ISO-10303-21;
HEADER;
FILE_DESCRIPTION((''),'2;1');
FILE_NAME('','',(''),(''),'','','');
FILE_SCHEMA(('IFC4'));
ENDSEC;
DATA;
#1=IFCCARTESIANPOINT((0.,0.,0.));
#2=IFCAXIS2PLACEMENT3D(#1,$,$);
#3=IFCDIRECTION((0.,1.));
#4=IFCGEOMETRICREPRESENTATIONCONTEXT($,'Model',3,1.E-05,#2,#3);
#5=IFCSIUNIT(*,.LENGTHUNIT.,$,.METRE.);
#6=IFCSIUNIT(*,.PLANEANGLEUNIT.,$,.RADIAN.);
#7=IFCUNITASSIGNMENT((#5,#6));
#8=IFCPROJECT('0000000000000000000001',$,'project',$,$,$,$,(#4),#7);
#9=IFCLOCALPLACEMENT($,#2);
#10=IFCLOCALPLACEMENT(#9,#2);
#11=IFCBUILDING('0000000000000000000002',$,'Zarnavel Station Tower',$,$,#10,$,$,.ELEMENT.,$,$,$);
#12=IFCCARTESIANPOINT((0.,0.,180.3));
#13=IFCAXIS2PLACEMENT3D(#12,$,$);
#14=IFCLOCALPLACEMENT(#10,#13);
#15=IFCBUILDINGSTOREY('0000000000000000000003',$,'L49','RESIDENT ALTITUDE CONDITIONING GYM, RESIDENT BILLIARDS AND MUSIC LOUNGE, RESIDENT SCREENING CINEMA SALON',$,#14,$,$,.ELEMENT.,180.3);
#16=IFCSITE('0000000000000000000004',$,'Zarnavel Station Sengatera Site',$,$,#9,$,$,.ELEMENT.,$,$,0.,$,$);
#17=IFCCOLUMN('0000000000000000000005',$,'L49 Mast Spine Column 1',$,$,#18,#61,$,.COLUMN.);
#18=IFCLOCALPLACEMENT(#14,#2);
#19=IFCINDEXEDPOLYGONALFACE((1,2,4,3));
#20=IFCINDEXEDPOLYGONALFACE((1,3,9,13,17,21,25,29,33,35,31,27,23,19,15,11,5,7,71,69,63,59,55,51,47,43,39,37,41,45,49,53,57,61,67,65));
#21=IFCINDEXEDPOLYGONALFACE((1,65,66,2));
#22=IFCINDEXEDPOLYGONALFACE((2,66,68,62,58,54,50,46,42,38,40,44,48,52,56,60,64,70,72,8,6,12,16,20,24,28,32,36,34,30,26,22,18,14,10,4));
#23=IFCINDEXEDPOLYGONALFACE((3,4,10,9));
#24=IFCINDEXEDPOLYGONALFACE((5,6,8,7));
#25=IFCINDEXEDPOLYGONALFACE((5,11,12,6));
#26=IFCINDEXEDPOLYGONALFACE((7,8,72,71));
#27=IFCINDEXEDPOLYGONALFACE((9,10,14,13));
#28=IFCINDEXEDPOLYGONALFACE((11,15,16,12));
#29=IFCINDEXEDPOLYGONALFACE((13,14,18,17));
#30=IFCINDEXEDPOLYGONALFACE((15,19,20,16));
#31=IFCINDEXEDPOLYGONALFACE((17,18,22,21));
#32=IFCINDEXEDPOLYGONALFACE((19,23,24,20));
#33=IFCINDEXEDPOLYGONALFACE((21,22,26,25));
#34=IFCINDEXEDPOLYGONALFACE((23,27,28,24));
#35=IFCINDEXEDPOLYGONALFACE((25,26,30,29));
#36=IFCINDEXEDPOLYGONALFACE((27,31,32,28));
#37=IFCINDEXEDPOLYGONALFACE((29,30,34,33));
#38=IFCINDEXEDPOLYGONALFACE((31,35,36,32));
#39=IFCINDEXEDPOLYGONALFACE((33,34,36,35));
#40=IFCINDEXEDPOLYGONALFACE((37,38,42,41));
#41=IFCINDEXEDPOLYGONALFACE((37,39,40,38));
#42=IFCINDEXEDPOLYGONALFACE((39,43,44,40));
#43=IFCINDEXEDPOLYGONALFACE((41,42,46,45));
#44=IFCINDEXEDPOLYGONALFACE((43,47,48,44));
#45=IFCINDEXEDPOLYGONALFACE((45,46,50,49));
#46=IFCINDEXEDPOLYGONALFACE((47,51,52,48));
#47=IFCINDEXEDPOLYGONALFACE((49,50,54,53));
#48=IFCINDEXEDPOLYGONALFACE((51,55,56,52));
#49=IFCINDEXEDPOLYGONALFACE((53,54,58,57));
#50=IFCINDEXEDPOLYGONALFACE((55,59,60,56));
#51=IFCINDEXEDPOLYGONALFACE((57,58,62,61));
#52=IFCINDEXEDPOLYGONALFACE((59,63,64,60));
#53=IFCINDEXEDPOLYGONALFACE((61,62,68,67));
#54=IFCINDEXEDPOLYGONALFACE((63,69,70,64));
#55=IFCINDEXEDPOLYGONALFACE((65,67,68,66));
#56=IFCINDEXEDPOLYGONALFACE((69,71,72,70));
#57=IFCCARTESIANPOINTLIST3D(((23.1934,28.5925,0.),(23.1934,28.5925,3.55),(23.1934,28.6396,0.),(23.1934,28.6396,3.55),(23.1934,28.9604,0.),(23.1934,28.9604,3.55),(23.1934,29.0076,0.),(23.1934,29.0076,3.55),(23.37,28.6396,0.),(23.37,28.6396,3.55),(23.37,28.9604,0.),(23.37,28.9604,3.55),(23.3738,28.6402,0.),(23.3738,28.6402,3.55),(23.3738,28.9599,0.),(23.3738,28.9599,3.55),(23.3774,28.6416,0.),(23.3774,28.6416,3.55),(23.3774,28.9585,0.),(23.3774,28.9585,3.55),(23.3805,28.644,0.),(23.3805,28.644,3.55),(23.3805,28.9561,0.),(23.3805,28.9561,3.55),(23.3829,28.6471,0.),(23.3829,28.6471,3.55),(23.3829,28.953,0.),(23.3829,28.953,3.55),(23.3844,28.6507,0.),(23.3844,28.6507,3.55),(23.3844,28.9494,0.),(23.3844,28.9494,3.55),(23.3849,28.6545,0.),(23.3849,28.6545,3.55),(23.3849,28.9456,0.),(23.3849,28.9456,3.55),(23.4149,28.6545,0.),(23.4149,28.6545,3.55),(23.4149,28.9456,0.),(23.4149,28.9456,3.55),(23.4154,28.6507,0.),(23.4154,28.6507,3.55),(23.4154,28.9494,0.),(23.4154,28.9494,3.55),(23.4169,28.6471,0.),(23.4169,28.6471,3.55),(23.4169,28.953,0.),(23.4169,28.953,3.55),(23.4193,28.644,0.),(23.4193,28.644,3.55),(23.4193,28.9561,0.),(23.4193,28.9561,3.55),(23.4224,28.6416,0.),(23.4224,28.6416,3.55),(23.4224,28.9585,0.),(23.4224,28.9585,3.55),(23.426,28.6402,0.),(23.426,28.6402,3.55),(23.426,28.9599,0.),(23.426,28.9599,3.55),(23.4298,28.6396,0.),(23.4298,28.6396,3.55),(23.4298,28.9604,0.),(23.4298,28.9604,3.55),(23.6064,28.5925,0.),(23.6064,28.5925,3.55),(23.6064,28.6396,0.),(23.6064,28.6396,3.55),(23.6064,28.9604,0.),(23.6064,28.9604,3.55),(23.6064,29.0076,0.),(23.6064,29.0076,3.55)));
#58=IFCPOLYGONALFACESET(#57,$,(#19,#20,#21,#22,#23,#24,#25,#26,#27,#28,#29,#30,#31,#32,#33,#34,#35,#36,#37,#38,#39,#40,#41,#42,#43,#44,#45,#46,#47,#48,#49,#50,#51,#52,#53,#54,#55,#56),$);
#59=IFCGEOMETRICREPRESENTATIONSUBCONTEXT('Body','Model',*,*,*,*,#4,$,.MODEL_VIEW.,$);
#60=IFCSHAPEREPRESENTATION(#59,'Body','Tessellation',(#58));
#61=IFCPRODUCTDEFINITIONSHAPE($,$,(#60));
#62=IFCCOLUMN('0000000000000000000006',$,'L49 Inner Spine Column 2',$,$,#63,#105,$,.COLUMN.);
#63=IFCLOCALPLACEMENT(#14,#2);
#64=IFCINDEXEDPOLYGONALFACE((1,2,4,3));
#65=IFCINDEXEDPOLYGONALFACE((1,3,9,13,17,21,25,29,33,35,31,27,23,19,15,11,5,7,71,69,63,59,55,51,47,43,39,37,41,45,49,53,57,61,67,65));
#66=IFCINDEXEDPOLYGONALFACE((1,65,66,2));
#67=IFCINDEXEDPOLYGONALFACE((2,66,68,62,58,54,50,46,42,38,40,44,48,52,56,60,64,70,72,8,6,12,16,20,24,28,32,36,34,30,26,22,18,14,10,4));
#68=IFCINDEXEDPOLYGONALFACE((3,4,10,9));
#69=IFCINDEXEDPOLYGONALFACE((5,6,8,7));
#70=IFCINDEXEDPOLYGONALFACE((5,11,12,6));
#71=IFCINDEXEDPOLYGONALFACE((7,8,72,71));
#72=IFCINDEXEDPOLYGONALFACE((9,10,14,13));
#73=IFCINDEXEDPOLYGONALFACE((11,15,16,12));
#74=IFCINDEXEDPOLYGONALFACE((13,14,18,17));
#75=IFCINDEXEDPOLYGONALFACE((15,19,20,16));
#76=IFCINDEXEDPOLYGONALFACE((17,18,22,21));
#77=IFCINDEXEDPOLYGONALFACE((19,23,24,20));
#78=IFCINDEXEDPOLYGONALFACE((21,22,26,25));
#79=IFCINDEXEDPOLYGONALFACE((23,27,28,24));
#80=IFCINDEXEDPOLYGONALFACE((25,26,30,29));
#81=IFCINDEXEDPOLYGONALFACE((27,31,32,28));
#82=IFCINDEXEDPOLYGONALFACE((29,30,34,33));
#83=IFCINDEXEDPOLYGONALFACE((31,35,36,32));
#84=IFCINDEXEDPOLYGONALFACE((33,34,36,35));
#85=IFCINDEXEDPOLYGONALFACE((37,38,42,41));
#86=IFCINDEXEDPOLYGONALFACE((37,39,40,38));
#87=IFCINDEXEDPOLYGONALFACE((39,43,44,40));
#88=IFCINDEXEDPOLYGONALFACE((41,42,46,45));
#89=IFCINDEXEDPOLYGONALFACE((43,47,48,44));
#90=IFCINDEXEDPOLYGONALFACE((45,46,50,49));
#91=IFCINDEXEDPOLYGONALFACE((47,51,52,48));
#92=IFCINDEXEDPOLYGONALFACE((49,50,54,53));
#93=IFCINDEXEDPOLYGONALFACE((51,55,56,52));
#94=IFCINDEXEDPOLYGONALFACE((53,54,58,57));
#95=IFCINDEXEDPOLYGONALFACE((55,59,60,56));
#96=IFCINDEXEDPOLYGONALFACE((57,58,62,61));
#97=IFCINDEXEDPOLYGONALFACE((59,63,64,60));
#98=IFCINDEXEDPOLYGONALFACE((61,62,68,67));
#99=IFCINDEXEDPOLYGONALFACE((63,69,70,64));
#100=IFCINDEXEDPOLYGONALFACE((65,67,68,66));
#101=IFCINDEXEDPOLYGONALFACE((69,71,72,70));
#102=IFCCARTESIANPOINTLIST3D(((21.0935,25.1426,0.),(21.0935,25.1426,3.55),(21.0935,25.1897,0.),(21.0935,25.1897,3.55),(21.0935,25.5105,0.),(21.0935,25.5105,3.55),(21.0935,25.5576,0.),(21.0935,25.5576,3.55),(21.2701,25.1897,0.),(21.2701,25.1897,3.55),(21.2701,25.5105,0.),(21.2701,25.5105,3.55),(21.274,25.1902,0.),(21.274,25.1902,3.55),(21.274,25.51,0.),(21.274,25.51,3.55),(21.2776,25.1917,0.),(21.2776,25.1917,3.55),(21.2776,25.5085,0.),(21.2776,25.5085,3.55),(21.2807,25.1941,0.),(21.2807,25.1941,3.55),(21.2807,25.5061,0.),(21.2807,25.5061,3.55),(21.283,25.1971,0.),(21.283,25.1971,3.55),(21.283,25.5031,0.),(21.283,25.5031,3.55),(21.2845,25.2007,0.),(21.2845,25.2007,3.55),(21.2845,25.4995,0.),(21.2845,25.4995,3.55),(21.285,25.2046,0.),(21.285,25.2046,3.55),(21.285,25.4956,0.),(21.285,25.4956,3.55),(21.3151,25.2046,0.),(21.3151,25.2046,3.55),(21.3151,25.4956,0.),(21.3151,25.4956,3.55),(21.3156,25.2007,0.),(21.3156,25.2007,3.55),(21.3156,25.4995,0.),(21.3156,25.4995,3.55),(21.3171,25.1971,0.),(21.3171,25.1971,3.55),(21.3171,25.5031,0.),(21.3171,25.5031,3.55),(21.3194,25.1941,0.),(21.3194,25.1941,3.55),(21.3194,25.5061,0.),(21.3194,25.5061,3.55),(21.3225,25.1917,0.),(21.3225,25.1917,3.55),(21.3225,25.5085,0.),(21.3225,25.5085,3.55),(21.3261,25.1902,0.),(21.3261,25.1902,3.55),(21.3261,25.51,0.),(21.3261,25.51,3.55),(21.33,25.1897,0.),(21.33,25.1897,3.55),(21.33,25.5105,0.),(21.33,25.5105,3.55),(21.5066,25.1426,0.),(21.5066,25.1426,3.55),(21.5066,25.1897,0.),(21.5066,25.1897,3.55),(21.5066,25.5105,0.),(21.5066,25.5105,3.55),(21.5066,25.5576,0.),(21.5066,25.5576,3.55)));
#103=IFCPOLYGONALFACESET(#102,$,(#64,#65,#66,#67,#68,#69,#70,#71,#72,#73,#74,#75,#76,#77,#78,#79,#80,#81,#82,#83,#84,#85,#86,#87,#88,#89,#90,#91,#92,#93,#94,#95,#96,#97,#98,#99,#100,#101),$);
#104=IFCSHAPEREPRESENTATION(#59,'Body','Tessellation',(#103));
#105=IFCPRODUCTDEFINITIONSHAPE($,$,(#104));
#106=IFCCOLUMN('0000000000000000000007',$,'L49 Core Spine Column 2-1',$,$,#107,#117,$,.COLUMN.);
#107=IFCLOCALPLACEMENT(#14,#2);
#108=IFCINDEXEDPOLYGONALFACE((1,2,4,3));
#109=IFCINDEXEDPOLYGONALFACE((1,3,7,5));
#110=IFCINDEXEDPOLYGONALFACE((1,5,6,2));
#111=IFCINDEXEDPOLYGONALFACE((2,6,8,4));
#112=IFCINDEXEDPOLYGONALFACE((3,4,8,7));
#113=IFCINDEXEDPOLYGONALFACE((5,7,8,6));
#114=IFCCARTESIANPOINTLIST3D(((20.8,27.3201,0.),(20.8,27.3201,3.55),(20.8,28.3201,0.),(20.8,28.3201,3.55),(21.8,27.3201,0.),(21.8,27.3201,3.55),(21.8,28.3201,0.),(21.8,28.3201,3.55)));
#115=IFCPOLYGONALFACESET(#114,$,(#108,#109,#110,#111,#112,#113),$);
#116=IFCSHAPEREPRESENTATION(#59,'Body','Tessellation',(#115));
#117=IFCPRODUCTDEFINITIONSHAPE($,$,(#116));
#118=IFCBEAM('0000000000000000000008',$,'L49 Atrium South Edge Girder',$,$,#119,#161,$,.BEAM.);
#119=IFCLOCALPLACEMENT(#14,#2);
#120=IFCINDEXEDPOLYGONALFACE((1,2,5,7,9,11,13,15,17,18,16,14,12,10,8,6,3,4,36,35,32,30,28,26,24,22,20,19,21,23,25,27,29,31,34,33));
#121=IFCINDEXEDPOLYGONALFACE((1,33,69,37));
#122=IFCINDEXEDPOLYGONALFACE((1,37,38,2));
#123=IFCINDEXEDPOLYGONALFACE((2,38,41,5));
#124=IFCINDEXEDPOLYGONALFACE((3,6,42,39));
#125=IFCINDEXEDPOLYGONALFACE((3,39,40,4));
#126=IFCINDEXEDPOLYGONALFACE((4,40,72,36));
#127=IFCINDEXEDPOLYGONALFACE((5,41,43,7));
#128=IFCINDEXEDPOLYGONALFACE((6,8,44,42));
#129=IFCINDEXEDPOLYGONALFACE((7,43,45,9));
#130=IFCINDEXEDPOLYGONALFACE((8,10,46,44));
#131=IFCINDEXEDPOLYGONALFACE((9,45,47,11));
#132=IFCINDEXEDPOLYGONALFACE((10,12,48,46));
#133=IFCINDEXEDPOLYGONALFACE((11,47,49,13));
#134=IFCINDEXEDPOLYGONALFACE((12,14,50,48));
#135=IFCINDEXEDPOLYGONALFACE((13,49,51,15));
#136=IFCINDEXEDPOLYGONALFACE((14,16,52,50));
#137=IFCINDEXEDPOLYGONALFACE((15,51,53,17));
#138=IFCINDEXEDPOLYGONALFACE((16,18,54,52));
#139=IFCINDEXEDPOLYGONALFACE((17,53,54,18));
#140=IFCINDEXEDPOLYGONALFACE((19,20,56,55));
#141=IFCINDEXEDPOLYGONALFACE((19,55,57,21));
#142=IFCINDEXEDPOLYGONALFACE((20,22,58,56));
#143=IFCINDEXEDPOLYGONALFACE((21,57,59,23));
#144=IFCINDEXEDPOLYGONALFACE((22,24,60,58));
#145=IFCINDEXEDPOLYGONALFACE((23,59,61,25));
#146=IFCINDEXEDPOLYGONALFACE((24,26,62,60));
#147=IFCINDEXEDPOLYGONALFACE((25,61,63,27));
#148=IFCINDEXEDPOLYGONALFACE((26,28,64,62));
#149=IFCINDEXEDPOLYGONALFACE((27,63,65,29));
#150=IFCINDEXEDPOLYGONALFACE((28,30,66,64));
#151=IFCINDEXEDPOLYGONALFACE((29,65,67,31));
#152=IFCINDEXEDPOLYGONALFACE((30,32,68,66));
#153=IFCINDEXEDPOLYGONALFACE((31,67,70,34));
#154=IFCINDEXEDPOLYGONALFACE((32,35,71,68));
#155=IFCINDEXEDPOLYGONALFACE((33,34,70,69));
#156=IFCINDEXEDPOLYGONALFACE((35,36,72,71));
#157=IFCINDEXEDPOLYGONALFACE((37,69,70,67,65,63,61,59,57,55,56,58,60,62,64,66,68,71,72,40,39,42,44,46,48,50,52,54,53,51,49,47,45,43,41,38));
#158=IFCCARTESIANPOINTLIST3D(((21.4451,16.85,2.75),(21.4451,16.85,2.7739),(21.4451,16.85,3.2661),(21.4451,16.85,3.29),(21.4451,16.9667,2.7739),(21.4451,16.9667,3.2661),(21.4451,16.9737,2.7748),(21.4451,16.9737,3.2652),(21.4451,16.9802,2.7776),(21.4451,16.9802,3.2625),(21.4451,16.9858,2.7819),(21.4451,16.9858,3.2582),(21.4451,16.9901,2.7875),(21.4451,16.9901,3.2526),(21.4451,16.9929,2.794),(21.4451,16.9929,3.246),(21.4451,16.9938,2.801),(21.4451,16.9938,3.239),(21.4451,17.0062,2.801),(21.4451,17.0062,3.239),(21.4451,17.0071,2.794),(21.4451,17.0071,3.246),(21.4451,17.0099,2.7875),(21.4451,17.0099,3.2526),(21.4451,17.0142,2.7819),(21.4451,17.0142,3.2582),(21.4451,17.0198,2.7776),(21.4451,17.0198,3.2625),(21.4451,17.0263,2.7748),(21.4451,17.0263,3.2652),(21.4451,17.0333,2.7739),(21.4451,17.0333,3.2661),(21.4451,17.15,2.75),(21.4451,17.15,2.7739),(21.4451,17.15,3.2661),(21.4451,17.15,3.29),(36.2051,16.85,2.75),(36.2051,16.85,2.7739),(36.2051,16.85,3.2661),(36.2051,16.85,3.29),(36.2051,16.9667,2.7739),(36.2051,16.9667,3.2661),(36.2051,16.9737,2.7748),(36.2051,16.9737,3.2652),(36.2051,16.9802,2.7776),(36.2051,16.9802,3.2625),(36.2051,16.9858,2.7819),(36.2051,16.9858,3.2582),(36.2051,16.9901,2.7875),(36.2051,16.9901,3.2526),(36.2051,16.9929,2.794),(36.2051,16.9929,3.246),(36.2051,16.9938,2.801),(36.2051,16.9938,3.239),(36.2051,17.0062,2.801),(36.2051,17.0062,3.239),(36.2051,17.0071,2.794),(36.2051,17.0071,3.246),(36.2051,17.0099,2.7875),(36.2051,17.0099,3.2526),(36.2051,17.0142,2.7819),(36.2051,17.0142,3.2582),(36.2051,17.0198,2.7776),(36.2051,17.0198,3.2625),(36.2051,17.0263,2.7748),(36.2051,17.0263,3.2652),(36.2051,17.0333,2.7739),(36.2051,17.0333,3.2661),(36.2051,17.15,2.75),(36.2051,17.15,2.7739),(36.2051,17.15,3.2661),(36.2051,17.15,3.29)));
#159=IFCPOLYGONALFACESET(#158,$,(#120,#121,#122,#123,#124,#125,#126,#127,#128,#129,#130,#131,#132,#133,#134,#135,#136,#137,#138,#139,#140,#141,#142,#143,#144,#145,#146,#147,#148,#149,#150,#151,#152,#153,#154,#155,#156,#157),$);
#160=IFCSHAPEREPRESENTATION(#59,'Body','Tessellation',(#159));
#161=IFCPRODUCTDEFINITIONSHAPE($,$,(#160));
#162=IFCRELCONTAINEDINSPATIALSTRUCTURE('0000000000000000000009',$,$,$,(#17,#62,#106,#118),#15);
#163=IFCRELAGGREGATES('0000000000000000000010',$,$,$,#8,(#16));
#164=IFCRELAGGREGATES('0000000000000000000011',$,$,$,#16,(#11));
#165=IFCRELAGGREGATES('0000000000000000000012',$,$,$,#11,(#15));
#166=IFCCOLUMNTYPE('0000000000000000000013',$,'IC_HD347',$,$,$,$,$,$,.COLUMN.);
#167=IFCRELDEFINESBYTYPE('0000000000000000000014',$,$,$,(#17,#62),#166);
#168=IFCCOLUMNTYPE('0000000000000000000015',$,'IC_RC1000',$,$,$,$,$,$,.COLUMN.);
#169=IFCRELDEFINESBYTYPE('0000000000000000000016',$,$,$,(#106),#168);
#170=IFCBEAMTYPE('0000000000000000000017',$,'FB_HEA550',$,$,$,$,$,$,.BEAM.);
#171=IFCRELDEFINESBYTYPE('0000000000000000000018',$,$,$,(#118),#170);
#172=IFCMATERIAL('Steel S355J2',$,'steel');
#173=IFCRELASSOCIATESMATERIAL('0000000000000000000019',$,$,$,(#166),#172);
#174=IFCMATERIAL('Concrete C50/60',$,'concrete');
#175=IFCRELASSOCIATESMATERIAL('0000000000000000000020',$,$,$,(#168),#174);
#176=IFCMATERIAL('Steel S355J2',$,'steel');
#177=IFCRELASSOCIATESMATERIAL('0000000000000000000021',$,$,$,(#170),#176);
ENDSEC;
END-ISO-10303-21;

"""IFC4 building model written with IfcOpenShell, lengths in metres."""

from ifc_helpers import new_model, si_unit, direction, frame, origin, origin_2d, place, context, subcontext, project, spatial, rectangle, i_section, extrude, material, material_profile, profile_set, type_object, element, save


model = new_model("IFC4")

# Units and contexts
model_context = context("Model", 3, precision=1e-05, world=origin(), true_north=direction((0.0, 1.0)))
body_context = subcontext(model_context, "Body", "Model", "MODEL_VIEW")
ifc_project = project(units=[si_unit("LENGTHUNIT", "METRE"), si_unit("PLANEANGLEUNIT", "RADIAN")], contexts=[model_context])

# Site, building, storey
site_placement = place(None, origin())
site = spatial("IfcSite", under=ifc_project, at=site_placement, Name="Zarnavel Station Sengatera Site", CompositionType="ELEMENT", RefElevation=0.0)
building_placement = place(site_placement, origin())
building = spatial("IfcBuilding", under=site, at=building_placement, Name="Zarnavel Station Tower", CompositionType="ELEMENT")
storey_placement = place(building_placement, frame((0.0, 0.0, 180.3)))
storey = spatial("IfcBuildingStorey", under=building, at=storey_placement, Name="L49", Description="RESIDENT ALTITUDE CONDITIONING GYM, RESIDENT BILLIARDS AND MUSIC LOUNGE, RESIDENT SCREENING CINEMA SALON", CompositionType="ELEMENT", Elevation=180.3)

# Columns
ifc_material_1 = material(Name="Steel S355J2", Category="steel")
ifc_material_profile_1 = material_profile(ifc_material_1, i_section(OverallWidth=0.4131, OverallDepth=0.415, WebThickness=0.03, FlangeThickness=0.0471, FilletRadius=0.0149, at=origin_2d()), Name="HD400x347")
ifc_profile_set_1 = profile_set([ifc_material_profile_1], Name="Steel S355J2")
column_type_1 = type_object("IfcColumnType", Name="IC_HD347", PredefinedType="COLUMN", material=ifc_profile_set_1)
for number, where, z_axis, x_axis, name in (
    (1, (23.3999, 28.8, 0.0), (0.0, 0.0, 1.0), (1.0, 0.0, 0.0), "L49 Mast Spine Column 1"),
    (2, (21.3, 25.3501, 0.0), (0.0, 0.0, 1.0), (1.0, 0.0, 0.0), "L49 Inner Spine Column 2"),
):
    element("IfcColumn", number, at=place(storey_placement, frame(where, z_axis=z_axis, x_axis=x_axis)), inside=storey, type_object=column_type_1, Name=name, PredefinedType="COLUMN", context=body_context, shape_type="SweptSolid", body=[
        extrude(i_section(OverallWidth=0.4131, OverallDepth=0.415, WebThickness=0.03, FlangeThickness=0.0471, FilletRadius=0.0149, at=origin_2d()), origin(), (0.0, 0.0, 1.0), 3.55),
    ])
ifc_material_2 = material(Name="Concrete C50/60", Category="concrete")
ifc_material_profile_2 = material_profile(ifc_material_2, rectangle(XDim=1.0, YDim=1.0, at=origin_2d()), Name="RC1000x1000")
ifc_profile_set_2 = profile_set([ifc_material_profile_2], Name="Concrete C50/60")
column_type_2 = type_object("IfcColumnType", Name="IC_RC1000", PredefinedType="COLUMN", material=ifc_profile_set_2)
column_placement = place(storey_placement, frame((21.3, 27.8201, 0.0), z_axis=(0.0, 0.0, 1.0), x_axis=(1.0, 0.0, 0.0)))
element("IfcColumn", 3, at=column_placement, inside=storey, type_object=column_type_2, Name="L49 Core Spine Column 2-1", PredefinedType="COLUMN", context=body_context, shape_type="SweptSolid", body=[
    extrude(rectangle(XDim=1.0, YDim=1.0, at=origin_2d()), origin(), (0.0, 0.0, 1.0), 3.55),
])

# Beam
ifc_material_3 = material(Name="Steel S355J2", Category="steel")
ifc_material_profile_3 = material_profile(ifc_material_3, i_section(OverallWidth=0.3, OverallDepth=0.54, WebThickness=0.0125, FlangeThickness=0.0239, FilletRadius=0.0271, at=origin_2d()), Name="HEA550")
ifc_profile_set_3 = profile_set([ifc_material_profile_3], Name="Steel S355J2")
beam_type_1 = type_object("IfcBeamType", Name="FB_HEA550", PredefinedType="BEAM", material=ifc_profile_set_3)
beam_1_placement = place(storey_placement, frame((21.4451, 17.0, 3.02), z_axis=(1.0, 0.0, 0.0), x_axis=(0.0, 1.0, 0.0)))
element("IfcBeam", 4, at=beam_1_placement, inside=storey, type_object=beam_type_1, Name="L49 Atrium South Edge Girder", PredefinedType="BEAM", context=body_context, shape_type="SweptSolid", body=[
    extrude(i_section(OverallWidth=0.3, OverallDepth=0.54, WebThickness=0.0125, FlangeThickness=0.0239, FilletRadius=0.0271, at=origin_2d()), origin(), (0.0, 0.0, 1.0), 14.76),
])

save(model, "model.ifc")
